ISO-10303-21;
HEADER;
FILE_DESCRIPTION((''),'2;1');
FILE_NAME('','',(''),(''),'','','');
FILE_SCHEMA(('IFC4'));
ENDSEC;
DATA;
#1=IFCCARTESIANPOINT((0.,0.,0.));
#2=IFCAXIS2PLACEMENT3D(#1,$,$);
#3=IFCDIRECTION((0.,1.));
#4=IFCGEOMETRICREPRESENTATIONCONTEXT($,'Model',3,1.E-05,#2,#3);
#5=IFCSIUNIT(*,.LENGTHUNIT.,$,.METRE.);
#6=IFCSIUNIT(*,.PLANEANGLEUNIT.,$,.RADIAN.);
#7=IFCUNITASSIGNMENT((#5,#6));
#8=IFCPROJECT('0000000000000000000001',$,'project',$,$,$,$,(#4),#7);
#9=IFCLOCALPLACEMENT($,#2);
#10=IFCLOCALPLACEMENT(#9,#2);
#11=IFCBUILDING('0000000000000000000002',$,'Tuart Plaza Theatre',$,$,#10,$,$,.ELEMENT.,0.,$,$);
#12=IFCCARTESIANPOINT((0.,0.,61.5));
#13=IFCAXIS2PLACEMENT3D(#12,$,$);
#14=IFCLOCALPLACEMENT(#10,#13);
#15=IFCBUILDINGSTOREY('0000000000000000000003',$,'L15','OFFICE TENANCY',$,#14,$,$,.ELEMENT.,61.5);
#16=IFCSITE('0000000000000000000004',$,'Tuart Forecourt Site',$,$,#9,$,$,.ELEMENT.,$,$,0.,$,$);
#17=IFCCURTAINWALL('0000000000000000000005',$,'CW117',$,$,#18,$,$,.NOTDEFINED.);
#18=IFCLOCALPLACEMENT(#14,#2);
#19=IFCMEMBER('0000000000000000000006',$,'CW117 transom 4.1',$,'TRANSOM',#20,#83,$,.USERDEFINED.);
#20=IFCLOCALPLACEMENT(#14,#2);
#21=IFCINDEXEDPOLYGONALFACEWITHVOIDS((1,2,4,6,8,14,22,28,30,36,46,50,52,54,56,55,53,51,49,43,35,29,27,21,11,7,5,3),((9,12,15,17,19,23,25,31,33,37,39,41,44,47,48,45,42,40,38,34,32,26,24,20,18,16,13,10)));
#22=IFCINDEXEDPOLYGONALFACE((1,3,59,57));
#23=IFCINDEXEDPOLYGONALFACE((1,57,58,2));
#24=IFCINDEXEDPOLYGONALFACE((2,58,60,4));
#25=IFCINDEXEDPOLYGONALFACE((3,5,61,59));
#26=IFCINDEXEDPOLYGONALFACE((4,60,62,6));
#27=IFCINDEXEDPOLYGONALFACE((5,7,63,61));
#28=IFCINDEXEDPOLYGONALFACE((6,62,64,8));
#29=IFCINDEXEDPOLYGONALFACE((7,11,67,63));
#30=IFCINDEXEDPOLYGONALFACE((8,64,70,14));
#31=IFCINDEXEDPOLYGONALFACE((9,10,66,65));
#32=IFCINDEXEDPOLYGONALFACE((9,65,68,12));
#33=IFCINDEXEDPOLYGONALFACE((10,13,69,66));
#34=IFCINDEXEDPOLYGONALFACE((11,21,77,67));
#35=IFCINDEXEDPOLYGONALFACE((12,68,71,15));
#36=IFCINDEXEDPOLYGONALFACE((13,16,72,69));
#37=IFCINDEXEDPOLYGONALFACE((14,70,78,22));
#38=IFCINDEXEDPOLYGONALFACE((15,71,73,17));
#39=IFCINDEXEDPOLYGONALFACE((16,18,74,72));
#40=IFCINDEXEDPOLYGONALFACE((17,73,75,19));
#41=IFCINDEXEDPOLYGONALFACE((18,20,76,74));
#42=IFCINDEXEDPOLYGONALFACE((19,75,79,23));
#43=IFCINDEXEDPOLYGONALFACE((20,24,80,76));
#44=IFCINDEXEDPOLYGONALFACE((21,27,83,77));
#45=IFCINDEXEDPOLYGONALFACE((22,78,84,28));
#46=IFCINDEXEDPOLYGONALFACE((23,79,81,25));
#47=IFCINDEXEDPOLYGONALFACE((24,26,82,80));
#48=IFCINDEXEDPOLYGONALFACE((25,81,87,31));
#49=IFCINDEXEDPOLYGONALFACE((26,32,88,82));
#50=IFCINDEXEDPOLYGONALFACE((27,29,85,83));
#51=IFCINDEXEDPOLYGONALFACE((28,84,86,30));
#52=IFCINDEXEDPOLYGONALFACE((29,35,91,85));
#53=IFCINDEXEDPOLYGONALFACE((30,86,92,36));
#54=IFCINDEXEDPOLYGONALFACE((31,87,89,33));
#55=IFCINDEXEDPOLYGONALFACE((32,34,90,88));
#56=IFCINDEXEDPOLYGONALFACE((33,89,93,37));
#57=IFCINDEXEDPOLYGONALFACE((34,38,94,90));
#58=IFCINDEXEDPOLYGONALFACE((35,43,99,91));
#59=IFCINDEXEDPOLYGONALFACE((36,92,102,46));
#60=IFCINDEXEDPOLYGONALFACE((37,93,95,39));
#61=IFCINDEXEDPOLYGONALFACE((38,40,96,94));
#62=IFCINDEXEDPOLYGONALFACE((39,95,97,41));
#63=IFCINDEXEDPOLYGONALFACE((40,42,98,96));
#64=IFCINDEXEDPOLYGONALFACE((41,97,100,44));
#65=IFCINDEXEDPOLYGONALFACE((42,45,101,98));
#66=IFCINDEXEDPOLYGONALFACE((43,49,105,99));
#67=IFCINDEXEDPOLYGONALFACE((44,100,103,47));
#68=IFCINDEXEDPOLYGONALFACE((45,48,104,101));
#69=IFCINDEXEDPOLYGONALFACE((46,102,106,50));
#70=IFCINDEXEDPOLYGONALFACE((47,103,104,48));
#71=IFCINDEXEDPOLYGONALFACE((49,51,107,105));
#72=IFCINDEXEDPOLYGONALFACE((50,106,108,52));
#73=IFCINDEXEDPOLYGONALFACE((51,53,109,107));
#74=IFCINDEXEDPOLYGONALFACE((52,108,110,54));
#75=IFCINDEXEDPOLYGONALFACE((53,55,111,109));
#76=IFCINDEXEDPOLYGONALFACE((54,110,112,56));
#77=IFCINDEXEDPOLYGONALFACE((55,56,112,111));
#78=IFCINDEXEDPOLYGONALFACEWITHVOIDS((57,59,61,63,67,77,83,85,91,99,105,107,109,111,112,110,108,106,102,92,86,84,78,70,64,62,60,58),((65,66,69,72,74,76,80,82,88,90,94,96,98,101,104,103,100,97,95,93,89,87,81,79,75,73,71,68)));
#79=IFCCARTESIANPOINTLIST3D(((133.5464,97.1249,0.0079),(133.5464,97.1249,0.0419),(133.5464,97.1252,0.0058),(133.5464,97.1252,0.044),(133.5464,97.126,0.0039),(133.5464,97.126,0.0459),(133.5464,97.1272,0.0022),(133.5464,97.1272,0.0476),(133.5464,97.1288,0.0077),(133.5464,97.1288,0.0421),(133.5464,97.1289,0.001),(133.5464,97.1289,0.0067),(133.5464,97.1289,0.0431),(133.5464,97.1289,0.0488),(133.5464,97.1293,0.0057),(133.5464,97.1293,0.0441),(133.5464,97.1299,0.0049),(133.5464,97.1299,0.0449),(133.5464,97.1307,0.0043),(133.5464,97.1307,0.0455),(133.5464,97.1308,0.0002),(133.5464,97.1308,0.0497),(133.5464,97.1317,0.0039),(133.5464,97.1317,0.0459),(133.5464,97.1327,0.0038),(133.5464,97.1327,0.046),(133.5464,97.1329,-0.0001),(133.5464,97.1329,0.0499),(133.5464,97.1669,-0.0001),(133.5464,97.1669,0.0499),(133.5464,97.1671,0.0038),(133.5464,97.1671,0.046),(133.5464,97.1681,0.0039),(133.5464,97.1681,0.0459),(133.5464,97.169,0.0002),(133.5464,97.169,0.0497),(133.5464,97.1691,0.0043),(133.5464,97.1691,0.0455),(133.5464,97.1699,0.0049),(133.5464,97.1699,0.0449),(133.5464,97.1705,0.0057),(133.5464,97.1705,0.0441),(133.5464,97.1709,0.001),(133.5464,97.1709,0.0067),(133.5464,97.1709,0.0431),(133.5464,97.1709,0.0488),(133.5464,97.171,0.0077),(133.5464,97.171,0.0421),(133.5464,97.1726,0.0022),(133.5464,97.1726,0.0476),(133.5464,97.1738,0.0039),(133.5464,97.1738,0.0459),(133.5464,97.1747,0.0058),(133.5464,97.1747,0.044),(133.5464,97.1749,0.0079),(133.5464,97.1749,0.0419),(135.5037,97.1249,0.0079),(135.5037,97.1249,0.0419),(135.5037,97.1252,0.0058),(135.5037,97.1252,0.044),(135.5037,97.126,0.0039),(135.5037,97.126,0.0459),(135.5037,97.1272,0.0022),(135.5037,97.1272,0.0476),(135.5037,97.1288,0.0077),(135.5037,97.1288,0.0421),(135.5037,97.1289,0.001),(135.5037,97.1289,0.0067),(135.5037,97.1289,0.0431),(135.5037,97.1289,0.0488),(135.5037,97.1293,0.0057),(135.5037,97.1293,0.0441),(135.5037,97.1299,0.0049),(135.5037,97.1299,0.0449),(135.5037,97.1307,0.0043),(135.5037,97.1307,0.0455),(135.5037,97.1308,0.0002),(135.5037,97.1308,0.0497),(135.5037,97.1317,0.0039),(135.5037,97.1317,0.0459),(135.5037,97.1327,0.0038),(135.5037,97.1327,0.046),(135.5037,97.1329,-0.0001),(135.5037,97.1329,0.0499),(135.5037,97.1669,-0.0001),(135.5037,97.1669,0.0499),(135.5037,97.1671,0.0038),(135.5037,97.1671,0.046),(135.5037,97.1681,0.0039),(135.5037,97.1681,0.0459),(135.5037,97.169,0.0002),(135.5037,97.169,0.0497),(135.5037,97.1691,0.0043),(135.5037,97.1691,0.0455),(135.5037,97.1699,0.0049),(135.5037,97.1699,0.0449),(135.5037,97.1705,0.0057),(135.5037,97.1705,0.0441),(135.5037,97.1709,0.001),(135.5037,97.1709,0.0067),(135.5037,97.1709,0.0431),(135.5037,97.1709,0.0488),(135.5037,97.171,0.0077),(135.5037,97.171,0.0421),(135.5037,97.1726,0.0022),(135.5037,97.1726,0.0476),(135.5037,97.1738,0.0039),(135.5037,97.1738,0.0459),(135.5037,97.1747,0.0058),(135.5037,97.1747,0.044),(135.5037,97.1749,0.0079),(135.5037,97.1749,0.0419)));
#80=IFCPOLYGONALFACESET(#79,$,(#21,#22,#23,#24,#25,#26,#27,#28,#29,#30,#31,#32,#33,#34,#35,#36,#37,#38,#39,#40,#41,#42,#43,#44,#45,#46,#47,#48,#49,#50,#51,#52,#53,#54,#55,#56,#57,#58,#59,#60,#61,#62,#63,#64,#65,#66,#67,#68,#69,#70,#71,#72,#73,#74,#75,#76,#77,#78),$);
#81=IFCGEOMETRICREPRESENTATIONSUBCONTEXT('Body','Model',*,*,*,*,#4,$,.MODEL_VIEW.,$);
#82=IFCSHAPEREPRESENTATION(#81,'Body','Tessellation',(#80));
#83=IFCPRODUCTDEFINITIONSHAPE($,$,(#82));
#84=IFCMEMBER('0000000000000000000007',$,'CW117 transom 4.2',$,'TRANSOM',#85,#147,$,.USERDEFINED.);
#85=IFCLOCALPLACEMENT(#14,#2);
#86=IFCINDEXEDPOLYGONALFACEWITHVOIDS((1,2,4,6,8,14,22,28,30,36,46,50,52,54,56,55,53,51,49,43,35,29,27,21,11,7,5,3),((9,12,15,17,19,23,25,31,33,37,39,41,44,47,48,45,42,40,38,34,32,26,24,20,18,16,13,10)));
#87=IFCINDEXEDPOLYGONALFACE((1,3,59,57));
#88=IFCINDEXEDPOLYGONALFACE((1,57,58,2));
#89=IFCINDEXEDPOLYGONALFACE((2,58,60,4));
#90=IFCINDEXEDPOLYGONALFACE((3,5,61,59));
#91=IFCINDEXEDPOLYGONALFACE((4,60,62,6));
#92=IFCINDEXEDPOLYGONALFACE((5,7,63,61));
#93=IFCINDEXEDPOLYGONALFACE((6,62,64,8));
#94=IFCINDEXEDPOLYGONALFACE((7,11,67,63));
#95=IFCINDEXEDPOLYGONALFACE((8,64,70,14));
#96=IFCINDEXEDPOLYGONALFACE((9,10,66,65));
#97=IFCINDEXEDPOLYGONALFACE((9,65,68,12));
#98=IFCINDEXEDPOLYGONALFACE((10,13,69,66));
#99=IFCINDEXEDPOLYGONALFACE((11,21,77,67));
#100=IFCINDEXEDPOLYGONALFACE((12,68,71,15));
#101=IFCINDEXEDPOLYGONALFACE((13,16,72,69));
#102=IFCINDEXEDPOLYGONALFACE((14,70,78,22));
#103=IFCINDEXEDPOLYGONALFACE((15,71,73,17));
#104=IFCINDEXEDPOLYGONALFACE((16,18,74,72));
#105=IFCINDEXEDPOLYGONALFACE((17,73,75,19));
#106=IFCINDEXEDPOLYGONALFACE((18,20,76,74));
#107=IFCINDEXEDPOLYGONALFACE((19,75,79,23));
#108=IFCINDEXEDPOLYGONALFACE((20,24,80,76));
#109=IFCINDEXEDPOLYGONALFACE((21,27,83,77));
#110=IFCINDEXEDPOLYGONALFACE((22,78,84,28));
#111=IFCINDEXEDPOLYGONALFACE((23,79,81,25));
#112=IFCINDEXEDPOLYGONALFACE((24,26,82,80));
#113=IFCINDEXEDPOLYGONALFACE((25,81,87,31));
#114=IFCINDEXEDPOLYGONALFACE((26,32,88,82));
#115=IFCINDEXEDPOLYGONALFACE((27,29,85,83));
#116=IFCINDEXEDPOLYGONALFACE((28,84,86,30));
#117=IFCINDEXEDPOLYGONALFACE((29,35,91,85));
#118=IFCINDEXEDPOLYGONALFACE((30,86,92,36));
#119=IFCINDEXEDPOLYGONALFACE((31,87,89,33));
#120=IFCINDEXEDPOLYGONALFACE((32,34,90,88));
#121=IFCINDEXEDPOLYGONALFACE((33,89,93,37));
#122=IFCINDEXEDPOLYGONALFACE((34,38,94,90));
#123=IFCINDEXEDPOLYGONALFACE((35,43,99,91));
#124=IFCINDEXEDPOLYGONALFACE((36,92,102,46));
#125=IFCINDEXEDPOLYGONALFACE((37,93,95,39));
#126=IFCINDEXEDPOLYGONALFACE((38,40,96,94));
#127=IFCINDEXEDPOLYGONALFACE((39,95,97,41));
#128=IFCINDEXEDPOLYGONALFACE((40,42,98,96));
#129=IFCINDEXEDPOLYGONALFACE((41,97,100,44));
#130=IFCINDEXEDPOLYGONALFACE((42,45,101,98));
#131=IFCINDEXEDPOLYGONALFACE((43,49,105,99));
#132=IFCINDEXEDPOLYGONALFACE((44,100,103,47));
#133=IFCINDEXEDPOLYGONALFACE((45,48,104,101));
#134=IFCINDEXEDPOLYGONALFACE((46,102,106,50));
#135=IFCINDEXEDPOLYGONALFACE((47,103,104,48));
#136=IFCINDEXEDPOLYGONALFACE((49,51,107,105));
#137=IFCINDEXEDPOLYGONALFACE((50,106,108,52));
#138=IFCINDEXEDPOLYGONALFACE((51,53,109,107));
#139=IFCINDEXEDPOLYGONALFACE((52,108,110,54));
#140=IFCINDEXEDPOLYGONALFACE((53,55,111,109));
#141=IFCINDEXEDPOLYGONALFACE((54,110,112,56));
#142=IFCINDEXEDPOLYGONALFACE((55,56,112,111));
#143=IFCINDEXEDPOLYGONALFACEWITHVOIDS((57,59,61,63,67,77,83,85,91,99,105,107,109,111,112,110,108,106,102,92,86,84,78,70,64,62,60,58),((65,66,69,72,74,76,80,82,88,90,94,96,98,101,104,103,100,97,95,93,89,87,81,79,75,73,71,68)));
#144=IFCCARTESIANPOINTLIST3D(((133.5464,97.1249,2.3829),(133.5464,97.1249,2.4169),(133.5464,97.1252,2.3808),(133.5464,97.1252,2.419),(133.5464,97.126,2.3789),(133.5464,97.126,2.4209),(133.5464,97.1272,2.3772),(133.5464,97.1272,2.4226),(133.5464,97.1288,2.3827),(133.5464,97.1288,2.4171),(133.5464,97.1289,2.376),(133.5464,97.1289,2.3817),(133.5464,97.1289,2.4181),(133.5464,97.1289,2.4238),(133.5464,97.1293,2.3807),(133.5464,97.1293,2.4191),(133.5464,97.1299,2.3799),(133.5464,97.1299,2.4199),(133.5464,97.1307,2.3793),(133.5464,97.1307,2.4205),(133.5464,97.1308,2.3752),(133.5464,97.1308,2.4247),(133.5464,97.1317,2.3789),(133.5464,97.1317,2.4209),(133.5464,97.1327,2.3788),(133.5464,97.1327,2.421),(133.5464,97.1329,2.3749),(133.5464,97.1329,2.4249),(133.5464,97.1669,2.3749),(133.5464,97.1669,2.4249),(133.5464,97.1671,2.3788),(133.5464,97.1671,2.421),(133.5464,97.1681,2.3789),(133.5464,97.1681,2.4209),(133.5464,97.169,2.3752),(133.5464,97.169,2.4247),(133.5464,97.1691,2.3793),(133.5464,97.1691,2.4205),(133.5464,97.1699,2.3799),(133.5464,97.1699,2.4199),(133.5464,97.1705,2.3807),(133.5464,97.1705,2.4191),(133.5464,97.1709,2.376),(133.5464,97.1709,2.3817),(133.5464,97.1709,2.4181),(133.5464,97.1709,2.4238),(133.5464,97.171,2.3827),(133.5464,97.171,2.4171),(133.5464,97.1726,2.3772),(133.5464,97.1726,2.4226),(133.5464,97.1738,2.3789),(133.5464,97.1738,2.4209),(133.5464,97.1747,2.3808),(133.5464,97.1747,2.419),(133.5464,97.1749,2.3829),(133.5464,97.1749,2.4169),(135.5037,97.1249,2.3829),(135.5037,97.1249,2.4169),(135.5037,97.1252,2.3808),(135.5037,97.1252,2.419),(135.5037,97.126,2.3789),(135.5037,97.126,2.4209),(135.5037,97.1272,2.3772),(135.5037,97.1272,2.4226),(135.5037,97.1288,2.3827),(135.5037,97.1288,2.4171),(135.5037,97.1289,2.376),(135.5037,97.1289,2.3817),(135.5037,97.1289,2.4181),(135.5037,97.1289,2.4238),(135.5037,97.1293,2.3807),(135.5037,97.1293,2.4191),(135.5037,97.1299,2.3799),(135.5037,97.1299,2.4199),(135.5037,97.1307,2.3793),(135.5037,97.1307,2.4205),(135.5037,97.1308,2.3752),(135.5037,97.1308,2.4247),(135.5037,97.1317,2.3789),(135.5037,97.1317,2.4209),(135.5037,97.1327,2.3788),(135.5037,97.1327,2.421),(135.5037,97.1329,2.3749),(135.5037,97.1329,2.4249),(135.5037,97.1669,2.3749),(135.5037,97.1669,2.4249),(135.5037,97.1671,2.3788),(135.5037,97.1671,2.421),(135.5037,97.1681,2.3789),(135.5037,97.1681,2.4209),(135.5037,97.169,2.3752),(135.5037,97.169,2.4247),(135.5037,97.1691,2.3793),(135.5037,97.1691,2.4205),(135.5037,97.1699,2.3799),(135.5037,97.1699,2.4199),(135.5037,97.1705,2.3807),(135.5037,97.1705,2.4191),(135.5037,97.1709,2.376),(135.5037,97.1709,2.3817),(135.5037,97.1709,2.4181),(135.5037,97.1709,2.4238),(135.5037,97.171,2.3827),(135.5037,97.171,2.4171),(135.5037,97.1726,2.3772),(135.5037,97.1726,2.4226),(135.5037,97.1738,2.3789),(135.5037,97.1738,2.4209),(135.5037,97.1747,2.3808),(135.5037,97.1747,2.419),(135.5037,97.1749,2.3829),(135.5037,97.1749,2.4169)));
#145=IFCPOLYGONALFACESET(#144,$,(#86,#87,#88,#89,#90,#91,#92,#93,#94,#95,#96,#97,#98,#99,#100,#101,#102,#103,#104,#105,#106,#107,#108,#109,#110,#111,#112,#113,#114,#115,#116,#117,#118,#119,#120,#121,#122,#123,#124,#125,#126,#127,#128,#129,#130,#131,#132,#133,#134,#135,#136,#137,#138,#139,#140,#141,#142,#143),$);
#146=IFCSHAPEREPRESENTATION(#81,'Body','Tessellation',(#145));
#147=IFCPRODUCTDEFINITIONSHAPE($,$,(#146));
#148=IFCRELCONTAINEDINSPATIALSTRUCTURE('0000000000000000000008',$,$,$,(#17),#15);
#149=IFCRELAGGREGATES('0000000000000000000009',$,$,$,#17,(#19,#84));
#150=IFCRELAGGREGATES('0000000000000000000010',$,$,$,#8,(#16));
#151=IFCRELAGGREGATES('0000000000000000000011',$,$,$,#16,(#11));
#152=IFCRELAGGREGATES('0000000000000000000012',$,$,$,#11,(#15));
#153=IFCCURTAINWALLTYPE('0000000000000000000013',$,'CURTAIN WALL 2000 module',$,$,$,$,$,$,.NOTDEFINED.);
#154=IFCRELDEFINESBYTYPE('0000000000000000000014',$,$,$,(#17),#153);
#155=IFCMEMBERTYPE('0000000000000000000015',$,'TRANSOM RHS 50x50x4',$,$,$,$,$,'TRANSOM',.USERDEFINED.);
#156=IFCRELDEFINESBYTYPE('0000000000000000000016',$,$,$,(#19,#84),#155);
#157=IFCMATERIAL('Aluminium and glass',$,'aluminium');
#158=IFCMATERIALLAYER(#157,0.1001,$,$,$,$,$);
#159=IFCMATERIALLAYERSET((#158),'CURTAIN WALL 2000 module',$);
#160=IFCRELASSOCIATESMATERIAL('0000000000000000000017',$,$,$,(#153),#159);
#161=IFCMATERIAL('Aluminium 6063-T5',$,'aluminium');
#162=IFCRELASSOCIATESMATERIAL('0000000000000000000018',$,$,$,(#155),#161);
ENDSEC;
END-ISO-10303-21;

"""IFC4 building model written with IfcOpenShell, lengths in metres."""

from ifc_helpers import new_model, si_unit, direction, frame, origin, origin_2d, place, context, subcontext, project, spatial, hollow_rectangle, extrude, material, layer, layer_set, material_profile, profile_set, type_object, element, aggregate, save


model = new_model("IFC4")

# Units and contexts
model_context = context("Model", 3, precision=1e-05, world=origin(), true_north=direction((0.0, 1.0)))
body_context = subcontext(model_context, "Body", "Model", "MODEL_VIEW")
ifc_project = project(units=[si_unit("LENGTHUNIT", "METRE"), si_unit("PLANEANGLEUNIT", "RADIAN")], contexts=[model_context])

# Site, building, storey
site_placement = place(None, origin())
site = spatial("IfcSite", under=ifc_project, at=site_placement, Name="Tuart Forecourt Site", CompositionType="ELEMENT", RefElevation=0.0)
building_placement = place(site_placement, origin())
building = spatial("IfcBuilding", under=site, at=building_placement, Name="Tuart Plaza Theatre", CompositionType="ELEMENT", ElevationOfRefHeight=0.0)
storey_placement = place(building_placement, frame((0.0, 0.0, 61.5)))
storey = spatial("IfcBuildingStorey", under=building, at=storey_placement, Name="L15", Description="OFFICE TENANCY", CompositionType="ELEMENT", Elevation=61.5)

# Curtain wall, members
ifc_material_1 = material(Name="Aluminium and glass", Category="aluminium")
ifc_layer_1 = layer(ifc_material_1, 0.1001)
ifc_layer_set_1 = layer_set([ifc_layer_1], Name="CURTAIN WALL 2000 module")
curtain_wall_type = type_object("IfcCurtainWallType", Name="CURTAIN WALL 2000 module", PredefinedType="NOTDEFINED", material=ifc_layer_set_1)
curtain_wall_placement = place(storey_placement, origin())
curtain_wall = element("IfcCurtainWall", 1, at=curtain_wall_placement, inside=storey, type_object=curtain_wall_type, Name="CW117", PredefinedType="NOTDEFINED")
ifc_material_2 = material(Name="Aluminium 6063-T5", Category="aluminium")
ifc_material_profile_1 = material_profile(ifc_material_2, hollow_rectangle(XDim=0.05, YDim=0.05, WallThickness=0.0039, InnerFilletRadius=0.0039, OuterFilletRadius=0.0081, at=origin_2d()), Name="RHS 50x50x4")
ifc_profile_set_1 = profile_set([ifc_material_profile_1], Name="Aluminium 6063-T5")
member_type_1 = type_object("IfcMemberType", Name="TRANSOM RHS 50x50x4", ElementType="TRANSOM", PredefinedType="USERDEFINED", material=ifc_profile_set_1)
member_1_placement = place(storey_placement, frame((135.5037, 97.1499, 0.0249), z_axis=(-1.0, 0.0, 0.0), x_axis=(0.0, -1.0, 0.0)))
member_1 = element("IfcMember", 2, at=member_1_placement, type_object=member_type_1, Name="CW117 transom 4.1", ObjectType="TRANSOM", PredefinedType="USERDEFINED", context=body_context, shape_type="SweptSolid", body=[
    extrude(hollow_rectangle(XDim=0.05, YDim=0.05, WallThickness=0.0039, InnerFilletRadius=0.0039, OuterFilletRadius=0.0081, at=origin_2d()), origin(), (0.0, 0.0, 1.0), 1.9573),
])
member_2_placement = place(storey_placement, frame((135.5037, 97.1499, 2.3999), z_axis=(-1.0, 0.0, 0.0), x_axis=(0.0, -1.0, 0.0)))
member_2 = element("IfcMember", 3, at=member_2_placement, type_object=member_type_1, Name="CW117 transom 4.2", ObjectType="TRANSOM", PredefinedType="USERDEFINED", context=body_context, shape_type="SweptSolid", body=[
    extrude(hollow_rectangle(XDim=0.05, YDim=0.05, WallThickness=0.0039, InnerFilletRadius=0.0039, OuterFilletRadius=0.0081, at=origin_2d()), origin(), (0.0, 0.0, 1.0), 1.9573),
])
aggregate(curtain_wall, [member_1, member_2])

save(model, "model.ifc")
